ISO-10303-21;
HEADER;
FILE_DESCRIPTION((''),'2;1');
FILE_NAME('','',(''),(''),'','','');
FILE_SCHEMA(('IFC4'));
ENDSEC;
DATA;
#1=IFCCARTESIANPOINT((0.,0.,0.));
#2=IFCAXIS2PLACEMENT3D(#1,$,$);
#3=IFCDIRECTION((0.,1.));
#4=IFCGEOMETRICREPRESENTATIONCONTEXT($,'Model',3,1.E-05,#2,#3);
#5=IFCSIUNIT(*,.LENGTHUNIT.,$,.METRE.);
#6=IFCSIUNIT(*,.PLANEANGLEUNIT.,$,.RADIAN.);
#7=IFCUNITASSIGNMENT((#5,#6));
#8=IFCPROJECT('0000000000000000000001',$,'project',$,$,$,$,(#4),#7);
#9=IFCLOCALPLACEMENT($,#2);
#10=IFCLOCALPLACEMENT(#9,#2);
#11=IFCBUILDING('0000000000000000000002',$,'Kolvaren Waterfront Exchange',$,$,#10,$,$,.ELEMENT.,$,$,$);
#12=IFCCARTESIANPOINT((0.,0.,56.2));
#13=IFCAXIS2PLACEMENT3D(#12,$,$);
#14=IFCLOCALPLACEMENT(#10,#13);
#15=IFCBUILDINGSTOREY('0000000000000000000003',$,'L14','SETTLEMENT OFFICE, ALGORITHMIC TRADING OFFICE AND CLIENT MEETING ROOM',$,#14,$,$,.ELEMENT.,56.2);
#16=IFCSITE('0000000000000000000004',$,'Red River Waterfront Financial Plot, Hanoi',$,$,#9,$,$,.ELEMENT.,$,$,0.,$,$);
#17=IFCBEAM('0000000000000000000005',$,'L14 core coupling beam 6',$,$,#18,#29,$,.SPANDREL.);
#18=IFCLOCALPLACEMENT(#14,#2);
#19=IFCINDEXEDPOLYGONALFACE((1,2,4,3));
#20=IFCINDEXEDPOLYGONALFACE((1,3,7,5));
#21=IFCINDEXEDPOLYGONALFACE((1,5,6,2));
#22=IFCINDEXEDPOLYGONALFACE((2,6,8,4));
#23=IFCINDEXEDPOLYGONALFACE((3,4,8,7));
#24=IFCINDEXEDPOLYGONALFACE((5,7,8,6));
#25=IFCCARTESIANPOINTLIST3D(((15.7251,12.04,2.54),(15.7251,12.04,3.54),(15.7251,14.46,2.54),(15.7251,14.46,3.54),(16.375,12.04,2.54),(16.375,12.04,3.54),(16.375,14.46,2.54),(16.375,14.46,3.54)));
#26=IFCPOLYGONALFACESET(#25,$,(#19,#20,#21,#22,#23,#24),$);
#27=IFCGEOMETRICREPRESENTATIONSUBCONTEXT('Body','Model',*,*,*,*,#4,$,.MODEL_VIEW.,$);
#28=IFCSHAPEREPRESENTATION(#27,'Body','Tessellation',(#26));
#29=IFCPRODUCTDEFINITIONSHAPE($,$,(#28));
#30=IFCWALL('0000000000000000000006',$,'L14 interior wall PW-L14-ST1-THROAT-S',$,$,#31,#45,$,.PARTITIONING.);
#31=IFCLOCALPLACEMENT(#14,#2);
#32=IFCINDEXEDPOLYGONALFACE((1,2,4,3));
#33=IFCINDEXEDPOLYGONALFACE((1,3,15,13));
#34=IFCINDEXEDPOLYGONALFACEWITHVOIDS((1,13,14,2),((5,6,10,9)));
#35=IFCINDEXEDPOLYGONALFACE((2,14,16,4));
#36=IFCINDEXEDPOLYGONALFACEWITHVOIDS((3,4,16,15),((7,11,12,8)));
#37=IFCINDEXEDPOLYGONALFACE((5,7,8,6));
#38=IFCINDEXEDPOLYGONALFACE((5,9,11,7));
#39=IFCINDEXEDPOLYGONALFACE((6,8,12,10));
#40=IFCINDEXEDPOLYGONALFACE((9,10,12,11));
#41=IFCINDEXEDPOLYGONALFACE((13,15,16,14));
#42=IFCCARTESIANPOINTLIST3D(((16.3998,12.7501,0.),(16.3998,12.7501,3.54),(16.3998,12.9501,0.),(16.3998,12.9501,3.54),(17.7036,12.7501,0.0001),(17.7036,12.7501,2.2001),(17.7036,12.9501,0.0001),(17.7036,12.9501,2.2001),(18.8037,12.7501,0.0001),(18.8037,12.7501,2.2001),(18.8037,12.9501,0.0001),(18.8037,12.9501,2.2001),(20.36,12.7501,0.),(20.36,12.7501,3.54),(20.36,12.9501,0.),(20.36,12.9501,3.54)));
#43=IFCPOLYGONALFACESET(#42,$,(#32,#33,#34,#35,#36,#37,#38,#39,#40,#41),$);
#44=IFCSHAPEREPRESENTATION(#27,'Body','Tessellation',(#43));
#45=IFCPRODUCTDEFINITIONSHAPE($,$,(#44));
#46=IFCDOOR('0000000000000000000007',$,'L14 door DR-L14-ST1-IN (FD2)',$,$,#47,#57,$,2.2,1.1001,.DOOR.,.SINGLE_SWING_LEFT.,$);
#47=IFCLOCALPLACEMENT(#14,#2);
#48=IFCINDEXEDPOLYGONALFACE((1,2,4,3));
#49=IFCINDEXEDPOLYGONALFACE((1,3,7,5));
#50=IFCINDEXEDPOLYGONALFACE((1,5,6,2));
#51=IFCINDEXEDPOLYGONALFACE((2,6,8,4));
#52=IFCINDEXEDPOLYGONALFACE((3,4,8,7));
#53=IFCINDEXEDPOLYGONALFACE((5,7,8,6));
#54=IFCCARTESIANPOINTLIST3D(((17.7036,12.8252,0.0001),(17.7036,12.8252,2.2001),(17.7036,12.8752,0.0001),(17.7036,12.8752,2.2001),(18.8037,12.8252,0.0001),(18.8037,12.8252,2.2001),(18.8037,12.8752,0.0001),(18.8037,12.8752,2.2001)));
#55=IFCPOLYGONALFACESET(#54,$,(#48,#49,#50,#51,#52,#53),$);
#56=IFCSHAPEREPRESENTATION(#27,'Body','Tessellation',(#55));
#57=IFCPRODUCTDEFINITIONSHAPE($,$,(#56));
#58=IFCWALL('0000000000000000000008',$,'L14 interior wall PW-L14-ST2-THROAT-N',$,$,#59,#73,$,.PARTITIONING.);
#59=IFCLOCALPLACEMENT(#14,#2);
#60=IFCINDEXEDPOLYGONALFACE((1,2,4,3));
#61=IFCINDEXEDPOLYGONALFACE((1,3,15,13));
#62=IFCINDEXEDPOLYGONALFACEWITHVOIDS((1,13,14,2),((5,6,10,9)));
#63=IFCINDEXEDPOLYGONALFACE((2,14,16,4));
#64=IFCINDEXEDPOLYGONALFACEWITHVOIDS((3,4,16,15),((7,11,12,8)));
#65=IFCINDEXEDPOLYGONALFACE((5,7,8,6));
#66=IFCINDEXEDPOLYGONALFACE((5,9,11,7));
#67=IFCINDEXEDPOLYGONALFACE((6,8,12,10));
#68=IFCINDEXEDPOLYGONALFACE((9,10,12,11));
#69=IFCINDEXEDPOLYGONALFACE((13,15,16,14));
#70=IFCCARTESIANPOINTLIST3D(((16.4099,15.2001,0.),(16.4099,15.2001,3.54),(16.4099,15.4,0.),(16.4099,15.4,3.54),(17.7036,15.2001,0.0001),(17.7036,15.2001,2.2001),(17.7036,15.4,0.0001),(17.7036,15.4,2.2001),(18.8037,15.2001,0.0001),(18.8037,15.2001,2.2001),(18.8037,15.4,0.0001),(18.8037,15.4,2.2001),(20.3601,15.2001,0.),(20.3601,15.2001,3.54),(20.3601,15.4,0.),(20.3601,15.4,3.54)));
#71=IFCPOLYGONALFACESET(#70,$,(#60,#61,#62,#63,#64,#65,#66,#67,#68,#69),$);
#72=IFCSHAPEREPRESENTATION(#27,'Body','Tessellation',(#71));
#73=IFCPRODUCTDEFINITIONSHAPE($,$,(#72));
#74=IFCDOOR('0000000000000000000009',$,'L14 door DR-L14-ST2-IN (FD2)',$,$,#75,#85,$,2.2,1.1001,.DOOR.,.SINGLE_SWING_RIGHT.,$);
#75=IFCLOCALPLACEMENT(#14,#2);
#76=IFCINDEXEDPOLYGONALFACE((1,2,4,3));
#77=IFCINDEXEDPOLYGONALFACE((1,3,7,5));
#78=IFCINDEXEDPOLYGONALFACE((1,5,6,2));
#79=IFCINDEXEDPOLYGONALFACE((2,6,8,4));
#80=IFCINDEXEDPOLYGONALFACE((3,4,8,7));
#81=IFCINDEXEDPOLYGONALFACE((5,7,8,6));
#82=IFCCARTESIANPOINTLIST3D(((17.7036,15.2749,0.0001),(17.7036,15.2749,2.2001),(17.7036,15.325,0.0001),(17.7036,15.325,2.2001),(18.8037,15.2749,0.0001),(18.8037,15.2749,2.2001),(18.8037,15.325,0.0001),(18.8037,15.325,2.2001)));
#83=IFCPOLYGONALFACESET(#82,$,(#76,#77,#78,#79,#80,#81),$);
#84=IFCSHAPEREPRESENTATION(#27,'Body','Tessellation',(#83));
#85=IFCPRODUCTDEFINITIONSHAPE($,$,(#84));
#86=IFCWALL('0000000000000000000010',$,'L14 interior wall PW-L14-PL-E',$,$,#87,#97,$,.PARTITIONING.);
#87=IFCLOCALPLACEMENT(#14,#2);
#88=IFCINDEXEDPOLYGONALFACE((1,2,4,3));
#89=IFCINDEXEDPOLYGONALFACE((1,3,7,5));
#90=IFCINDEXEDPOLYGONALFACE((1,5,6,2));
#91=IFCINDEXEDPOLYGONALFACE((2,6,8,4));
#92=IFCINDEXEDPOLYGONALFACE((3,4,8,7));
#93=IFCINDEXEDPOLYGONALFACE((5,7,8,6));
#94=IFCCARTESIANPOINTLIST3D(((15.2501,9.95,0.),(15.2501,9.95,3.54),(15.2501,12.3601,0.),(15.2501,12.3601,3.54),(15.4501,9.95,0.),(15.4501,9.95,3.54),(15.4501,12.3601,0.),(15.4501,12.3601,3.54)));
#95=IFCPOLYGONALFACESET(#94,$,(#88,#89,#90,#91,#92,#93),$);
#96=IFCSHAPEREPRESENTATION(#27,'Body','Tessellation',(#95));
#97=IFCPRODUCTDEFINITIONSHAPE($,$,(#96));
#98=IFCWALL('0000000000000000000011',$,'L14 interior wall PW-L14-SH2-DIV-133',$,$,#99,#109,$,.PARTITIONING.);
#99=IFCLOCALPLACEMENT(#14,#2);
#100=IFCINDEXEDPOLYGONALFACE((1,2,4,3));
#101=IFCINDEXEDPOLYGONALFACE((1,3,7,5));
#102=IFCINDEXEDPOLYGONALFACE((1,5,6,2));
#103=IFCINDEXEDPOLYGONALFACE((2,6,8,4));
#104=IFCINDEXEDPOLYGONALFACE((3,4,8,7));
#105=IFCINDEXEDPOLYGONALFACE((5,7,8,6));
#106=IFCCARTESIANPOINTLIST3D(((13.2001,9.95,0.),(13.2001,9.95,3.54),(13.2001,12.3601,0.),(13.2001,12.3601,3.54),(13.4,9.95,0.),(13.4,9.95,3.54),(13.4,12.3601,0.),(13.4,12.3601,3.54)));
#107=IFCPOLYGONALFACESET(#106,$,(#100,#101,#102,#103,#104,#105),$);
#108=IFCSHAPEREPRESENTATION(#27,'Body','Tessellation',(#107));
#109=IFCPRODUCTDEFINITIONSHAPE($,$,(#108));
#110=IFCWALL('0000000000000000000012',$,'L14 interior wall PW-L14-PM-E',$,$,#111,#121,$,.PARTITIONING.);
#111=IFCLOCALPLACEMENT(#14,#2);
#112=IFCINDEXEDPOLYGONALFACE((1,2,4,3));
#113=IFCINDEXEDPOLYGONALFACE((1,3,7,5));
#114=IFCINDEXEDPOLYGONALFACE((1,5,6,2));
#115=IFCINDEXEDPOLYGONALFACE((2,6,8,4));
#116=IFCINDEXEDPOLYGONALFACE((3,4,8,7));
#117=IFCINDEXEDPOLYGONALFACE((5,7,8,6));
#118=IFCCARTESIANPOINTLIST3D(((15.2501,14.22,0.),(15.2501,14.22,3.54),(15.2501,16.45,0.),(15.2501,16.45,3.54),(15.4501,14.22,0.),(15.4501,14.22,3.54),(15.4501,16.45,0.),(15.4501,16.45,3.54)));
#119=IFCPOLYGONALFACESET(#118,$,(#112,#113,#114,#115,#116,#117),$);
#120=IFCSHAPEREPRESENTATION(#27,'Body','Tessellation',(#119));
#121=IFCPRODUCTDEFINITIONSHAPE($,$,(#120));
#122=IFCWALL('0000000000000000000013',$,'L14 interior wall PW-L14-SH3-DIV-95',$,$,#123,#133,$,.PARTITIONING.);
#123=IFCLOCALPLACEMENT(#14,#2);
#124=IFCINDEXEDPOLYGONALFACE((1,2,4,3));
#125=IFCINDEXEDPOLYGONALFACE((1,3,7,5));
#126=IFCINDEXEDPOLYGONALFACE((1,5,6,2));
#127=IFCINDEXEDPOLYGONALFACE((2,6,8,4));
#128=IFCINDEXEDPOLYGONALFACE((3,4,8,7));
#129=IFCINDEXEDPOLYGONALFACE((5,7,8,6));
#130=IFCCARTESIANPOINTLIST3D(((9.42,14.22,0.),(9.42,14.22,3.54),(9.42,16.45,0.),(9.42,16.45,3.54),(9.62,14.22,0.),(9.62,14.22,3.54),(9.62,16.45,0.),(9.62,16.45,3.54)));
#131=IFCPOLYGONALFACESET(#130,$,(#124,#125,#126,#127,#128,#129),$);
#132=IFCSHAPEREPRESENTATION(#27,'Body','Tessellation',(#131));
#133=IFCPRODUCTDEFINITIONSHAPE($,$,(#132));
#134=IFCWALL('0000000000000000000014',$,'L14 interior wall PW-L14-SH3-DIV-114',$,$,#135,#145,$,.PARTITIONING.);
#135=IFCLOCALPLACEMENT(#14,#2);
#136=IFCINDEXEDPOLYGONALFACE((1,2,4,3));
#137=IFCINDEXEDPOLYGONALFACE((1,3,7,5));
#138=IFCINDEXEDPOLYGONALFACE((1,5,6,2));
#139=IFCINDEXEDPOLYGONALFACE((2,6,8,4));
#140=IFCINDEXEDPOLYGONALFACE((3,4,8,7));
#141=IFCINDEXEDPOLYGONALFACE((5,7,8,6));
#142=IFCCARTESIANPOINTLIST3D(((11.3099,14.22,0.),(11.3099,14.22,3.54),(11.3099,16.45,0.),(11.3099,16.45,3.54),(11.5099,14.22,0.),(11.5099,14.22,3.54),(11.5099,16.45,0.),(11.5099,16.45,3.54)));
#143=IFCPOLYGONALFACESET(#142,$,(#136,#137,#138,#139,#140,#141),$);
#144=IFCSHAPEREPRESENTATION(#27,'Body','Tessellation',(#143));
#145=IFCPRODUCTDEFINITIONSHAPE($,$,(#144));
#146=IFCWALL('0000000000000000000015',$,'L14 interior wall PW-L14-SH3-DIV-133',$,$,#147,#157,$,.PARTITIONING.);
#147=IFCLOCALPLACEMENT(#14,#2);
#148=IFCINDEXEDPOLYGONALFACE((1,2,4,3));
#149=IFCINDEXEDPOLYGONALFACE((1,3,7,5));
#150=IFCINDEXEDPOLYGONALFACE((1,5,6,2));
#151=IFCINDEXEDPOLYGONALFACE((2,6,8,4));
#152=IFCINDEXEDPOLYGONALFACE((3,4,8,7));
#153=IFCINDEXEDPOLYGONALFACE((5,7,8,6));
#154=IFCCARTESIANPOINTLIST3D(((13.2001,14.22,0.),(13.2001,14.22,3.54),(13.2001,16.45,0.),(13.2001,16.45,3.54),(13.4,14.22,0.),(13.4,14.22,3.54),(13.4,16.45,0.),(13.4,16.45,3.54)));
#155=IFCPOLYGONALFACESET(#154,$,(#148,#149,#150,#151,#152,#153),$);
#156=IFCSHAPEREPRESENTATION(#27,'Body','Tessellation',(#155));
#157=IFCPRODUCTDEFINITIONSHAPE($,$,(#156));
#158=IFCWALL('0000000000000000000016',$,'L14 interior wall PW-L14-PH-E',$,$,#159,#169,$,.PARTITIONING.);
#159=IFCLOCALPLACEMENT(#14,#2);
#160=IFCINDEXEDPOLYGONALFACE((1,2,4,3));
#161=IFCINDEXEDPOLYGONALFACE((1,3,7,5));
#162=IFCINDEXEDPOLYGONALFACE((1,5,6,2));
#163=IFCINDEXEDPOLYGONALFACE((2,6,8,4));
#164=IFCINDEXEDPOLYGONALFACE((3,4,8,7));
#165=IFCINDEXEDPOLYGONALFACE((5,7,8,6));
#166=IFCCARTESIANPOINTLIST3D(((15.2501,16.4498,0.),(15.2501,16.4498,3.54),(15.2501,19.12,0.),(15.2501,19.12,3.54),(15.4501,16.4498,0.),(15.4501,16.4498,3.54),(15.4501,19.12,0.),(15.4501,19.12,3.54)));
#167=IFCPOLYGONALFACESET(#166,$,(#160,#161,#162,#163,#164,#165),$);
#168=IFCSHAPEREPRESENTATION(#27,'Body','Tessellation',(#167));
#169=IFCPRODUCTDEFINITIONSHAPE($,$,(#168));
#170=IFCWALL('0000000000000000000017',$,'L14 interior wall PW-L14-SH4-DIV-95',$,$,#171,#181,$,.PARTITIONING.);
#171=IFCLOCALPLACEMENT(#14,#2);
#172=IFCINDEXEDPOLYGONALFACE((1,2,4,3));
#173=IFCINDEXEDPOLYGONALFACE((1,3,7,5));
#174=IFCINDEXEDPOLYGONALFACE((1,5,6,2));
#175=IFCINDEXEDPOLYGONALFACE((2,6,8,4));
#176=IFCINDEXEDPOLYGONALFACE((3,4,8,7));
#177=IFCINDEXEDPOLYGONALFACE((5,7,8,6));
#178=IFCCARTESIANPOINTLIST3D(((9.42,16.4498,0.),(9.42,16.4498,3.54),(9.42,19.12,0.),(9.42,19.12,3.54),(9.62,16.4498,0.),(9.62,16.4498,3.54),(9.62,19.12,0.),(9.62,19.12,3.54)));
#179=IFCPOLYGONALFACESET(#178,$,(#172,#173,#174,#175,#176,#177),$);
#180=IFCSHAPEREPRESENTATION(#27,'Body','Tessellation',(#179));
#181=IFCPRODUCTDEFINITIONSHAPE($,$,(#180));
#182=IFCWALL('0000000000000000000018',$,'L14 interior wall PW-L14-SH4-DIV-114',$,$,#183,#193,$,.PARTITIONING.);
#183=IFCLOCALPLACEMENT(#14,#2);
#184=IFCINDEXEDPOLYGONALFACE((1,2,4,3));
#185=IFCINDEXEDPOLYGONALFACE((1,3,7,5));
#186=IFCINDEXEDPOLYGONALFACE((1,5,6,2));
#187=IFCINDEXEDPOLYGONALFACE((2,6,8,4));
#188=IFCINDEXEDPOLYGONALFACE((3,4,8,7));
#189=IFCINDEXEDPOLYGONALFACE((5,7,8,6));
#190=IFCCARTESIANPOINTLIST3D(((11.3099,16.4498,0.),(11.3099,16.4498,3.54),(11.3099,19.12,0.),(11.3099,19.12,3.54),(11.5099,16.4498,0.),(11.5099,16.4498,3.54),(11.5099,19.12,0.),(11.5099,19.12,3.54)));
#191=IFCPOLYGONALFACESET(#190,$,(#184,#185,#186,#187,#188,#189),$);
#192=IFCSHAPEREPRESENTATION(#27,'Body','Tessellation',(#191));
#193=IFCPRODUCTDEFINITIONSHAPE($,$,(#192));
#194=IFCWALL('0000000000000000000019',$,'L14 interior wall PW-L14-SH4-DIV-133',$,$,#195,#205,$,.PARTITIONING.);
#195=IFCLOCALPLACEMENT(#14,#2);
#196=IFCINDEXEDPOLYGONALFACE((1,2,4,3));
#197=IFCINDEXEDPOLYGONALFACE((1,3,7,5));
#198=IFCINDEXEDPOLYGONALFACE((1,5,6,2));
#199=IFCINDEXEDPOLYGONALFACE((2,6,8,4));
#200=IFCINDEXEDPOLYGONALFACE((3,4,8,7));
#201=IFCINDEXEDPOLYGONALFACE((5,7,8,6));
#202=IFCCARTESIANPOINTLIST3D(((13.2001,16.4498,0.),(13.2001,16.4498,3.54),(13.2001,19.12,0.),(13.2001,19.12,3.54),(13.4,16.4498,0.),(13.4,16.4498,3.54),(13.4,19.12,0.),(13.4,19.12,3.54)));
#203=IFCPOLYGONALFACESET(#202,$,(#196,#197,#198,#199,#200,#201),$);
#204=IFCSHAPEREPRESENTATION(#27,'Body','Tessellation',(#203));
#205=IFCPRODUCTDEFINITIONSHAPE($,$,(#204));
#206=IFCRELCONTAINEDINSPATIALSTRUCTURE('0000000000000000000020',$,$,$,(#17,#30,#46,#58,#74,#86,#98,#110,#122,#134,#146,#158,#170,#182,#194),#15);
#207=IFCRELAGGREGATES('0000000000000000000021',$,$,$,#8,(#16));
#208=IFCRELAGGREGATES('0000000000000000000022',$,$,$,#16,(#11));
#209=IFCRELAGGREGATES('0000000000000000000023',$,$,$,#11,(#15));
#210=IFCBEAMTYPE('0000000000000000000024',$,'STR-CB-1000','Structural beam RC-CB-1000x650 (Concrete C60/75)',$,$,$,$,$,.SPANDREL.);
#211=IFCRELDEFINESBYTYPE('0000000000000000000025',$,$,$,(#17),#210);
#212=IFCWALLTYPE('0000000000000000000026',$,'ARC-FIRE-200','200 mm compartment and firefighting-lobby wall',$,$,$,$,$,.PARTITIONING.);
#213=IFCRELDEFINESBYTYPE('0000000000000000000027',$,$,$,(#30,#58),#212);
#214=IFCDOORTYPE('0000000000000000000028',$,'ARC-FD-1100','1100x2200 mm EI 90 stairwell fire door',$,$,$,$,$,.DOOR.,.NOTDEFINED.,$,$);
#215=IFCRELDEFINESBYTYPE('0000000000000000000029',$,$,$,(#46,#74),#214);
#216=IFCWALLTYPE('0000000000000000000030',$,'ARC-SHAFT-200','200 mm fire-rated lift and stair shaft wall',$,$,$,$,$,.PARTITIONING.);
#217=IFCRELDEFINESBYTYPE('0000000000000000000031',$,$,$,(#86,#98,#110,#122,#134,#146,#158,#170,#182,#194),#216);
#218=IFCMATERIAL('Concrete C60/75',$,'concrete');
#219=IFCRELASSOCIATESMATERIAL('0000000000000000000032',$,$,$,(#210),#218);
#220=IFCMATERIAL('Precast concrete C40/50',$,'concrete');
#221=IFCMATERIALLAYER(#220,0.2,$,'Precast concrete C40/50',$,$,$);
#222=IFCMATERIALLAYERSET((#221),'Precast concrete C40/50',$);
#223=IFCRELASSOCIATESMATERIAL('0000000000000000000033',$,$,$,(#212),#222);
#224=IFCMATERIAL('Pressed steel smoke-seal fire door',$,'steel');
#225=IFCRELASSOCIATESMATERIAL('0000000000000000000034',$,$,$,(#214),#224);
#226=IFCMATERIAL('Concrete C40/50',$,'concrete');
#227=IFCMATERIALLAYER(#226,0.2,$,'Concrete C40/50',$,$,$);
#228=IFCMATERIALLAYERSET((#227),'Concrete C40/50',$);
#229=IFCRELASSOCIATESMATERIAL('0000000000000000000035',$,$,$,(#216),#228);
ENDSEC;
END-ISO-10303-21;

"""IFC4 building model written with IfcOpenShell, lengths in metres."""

from ifc_helpers import new_model, si_unit, direction, frame, frame_2d, origin, origin_2d, place, context, subcontext, project, spatial, rectangle, extrude, material, layer, layer_set, material_profile, profile_set, type_object, element, fill, save


model = new_model("IFC4")

# Units and contexts
model_context = context("Model", 3, precision=1e-05, world=origin(), true_north=direction((0.0, 1.0)))
body_context = subcontext(model_context, "Body", "Model", "MODEL_VIEW")
ifc_project = project(units=[si_unit("LENGTHUNIT", "METRE"), si_unit("PLANEANGLEUNIT", "RADIAN")], contexts=[model_context])

# Site, building, storey
site_placement = place(None, origin())
site = spatial("IfcSite", under=ifc_project, at=site_placement, Name="Red River Waterfront Financial Plot, Hanoi", CompositionType="ELEMENT", RefElevation=0.0)
building_placement = place(site_placement, origin())
building = spatial("IfcBuilding", under=site, at=building_placement, Name="Kolvaren Waterfront Exchange", CompositionType="ELEMENT")
storey_placement = place(building_placement, frame((0.0, 0.0, 56.2)))
storey = spatial("IfcBuildingStorey", under=building, at=storey_placement, Name="L14", Description="SETTLEMENT OFFICE, ALGORITHMIC TRADING OFFICE AND CLIENT MEETING ROOM", CompositionType="ELEMENT", Elevation=56.2)

# Beam
ifc_material_1 = material(Name="Concrete C60/75", Category="concrete")
ifc_material_profile = material_profile(ifc_material_1, rectangle(XDim=0.6499, YDim=1.0, at=origin_2d()), Name="RC-CB-1000x650")
ifc_profile_set = profile_set([ifc_material_profile], Name="Concrete C60/75")
beam_type = type_object("IfcBeamType", Name="STR-CB-1000", Description="Structural beam RC-CB-1000x650 (Concrete C60/75)", PredefinedType="SPANDREL", material=ifc_profile_set)
beam_placement = place(storey_placement, frame((16.05, 12.04, 3.04), z_axis=(0.0, 1.0, 0.0), x_axis=(-1.0, 0.0, 0.0)))
element("IfcBeam", 1, at=beam_placement, inside=storey, type_object=beam_type, Name="L14 core coupling beam 6", PredefinedType="SPANDREL", context=body_context, shape_type="SweptSolid", body=[
    extrude(rectangle(XDim=0.6499, YDim=1.0, at=origin_2d()), origin(), (0.0, 0.0, 1.0), 2.4199),
])

# Walls, openings, doors
ifc_material_2 = material(Name="Precast concrete C40/50", Category="concrete")
ifc_layer_1 = layer(ifc_material_2, 0.2, Name="Precast concrete C40/50")
ifc_layer_set_1 = layer_set([ifc_layer_1], Name="Precast concrete C40/50")
wall_type_1 = type_object("IfcWallType", Name="ARC-FIRE-200", Description="200 mm compartment and firefighting-lobby wall", PredefinedType="PARTITIONING", material=ifc_layer_set_1)
wall_1_placement = place(storey_placement, frame((16.3999, 12.8501, 0.0), z_axis=(0.0, 0.0, 1.0), x_axis=(1.0, 0.0, 0.0)))
wall_1 = element("IfcWall", 2, at=wall_1_placement, inside=storey, type_object=wall_type_1, Name="L14 interior wall PW-L14-ST1-THROAT-S", PredefinedType="PARTITIONING", context=body_context, shape_type="SweptSolid", body=[
    extrude(rectangle(XDim=3.9602, YDim=0.2, at=frame_2d((1.98, 0.0))), origin(), (0.0, 0.0, 1.0), 3.54),
])
opening_1_placement = place(wall_1_placement, frame((1.3037, 0.0, 0.0)))
opening_1 = element("IfcOpeningElement", 3, at=opening_1_placement, cuts=wall_1, PredefinedType="OPENING", context=body_context, shape_type="SweptSolid", body=[
    extrude(rectangle(XDim=1.1001, YDim=2.2, at=frame_2d((0.55, 1.1001))), frame((0.0, 0.1099, 0.0), z_axis=(0.0, -1.0, 0.0), x_axis=(1.0, 0.0, 0.0)), (0.0, 0.0, 1.0), 0.22),
])
ifc_material_3 = material(Name="Pressed steel smoke-seal fire door", Category="steel")
door_type = type_object("IfcDoorType", Name="ARC-FD-1100", Description="1100x2200 mm EI 90 stairwell fire door", OperationType="NOTDEFINED", PredefinedType="DOOR", material=ifc_material_3)
door_1_placement = place(opening_1_placement, frame((1.1001, 0.0, 0.0), z_axis=(0.0, 0.0, 1.0), x_axis=(-1.0, 0.0, 0.0)))
door_1 = element("IfcDoor", 4, at=door_1_placement, inside=storey, type_object=door_type, Name="L14 door DR-L14-ST1-IN (FD2)", OperationType="SINGLE_SWING_LEFT", OverallHeight=2.2, OverallWidth=1.1001, PredefinedType="DOOR", context=body_context, shape_type="SweptSolid", body=[
    extrude(rectangle(XDim=1.1001, YDim=2.2, at=frame_2d((0.55, 1.1001))), frame((0.0, 0.0249, 0.0), z_axis=(0.0, -1.0, 0.0), x_axis=(1.0, 0.0, 0.0)), (0.0, 0.0, 1.0), 0.05),
])
fill(opening_1, door_1)
wall_2_placement = place(storey_placement, frame((16.4099, 15.3, 0.0), z_axis=(0.0, 0.0, 1.0), x_axis=(1.0, 0.0, 0.0)))
wall_2 = element("IfcWall", 5, at=wall_2_placement, inside=storey, type_object=wall_type_1, Name="L14 interior wall PW-L14-ST2-THROAT-N", PredefinedType="PARTITIONING", context=body_context, shape_type="SweptSolid", body=[
    extrude(rectangle(XDim=3.9502, YDim=0.2, at=frame_2d((1.9751, 0.0))), origin(), (0.0, 0.0, 1.0), 3.54),
])
opening_2_placement = place(wall_2_placement, frame((1.2937, 0.0, 0.0)))
opening_2 = element("IfcOpeningElement", 6, at=opening_2_placement, cuts=wall_2, PredefinedType="OPENING", context=body_context, shape_type="SweptSolid", body=[
    extrude(rectangle(XDim=1.1001, YDim=2.2, at=frame_2d((0.55, 1.1001))), frame((0.0, 0.1099, 0.0), z_axis=(0.0, -1.0, 0.0), x_axis=(1.0, 0.0, 0.0)), (0.0, 0.0, 1.0), 0.22),
])
door_2_placement = place(opening_2_placement, origin())
door_2 = element("IfcDoor", 7, at=door_2_placement, inside=storey, type_object=door_type, Name="L14 door DR-L14-ST2-IN (FD2)", OperationType="SINGLE_SWING_RIGHT", OverallHeight=2.2, OverallWidth=1.1001, PredefinedType="DOOR", context=body_context, shape_type="SweptSolid", body=[
    extrude(rectangle(XDim=1.1001, YDim=2.2, at=frame_2d((0.55, 1.1001))), frame((0.0, 0.0249, 0.0), z_axis=(0.0, -1.0, 0.0), x_axis=(1.0, 0.0, 0.0)), (0.0, 0.0, 1.0), 0.05),
])
fill(opening_2, door_2)

# Walls
ifc_material_4 = material(Name="Concrete C40/50", Category="concrete")
ifc_layer_2 = layer(ifc_material_4, 0.2, Name="Concrete C40/50")
ifc_layer_set_2 = layer_set([ifc_layer_2], Name="Concrete C40/50")
wall_type_2 = type_object("IfcWallType", Name="ARC-SHAFT-200", Description="200 mm fire-rated lift and stair shaft wall", PredefinedType="PARTITIONING", material=ifc_layer_set_2)
for number, where, z_axis, x_axis, name in (
    (8, (15.3501, 9.95, 0.0), (0.0, 0.0, 1.0), (0.0, 1.0, 0.0), "L14 interior wall PW-L14-PL-E"),
    (9, (13.3, 9.95, 0.0), (0.0, 0.0, 1.0), (0.0, 1.0, 0.0), "L14 interior wall PW-L14-SH2-DIV-133"),
):
    element("IfcWall", number, at=place(storey_placement, frame(where, z_axis=z_axis, x_axis=x_axis)), inside=storey, type_object=wall_type_2, Name=name, PredefinedType="PARTITIONING", context=body_context, shape_type="SweptSolid", body=[
        extrude(rectangle(XDim=2.4102, YDim=0.2, at=frame_2d((1.2051, 0.0))), origin(), (0.0, 0.0, 1.0), 3.54),
    ])
for number, where, z_axis, x_axis, name in (
    (10, (15.3501, 14.22, 0.0), (0.0, 0.0, 1.0), (0.0, 1.0, 0.0), "L14 interior wall PW-L14-PM-E"),
    (11, (9.52, 14.22, 0.0), (0.0, 0.0, 1.0), (0.0, 1.0, 0.0), "L14 interior wall PW-L14-SH3-DIV-95"),
    (12, (11.4099, 14.22, 0.0), (0.0, 0.0, 1.0), (0.0, 1.0, 0.0), "L14 interior wall PW-L14-SH3-DIV-114"),
    (13, (13.3, 14.22, 0.0), (0.0, 0.0, 1.0), (0.0, 1.0, 0.0), "L14 interior wall PW-L14-SH3-DIV-133"),
):
    element("IfcWall", number, at=place(storey_placement, frame(where, z_axis=z_axis, x_axis=x_axis)), inside=storey, type_object=wall_type_2, Name=name, PredefinedType="PARTITIONING", context=body_context, shape_type="SweptSolid", body=[
        extrude(rectangle(XDim=2.23, YDim=0.2, at=frame_2d((1.115, 0.0))), origin(), (0.0, 0.0, 1.0), 3.54),
    ])
for number, where, z_axis, x_axis, name in (
    (14, (15.3501, 16.45, 0.0), (0.0, 0.0, 1.0), (0.0, 1.0, 0.0), "L14 interior wall PW-L14-PH-E"),
    (15, (9.52, 16.45, 0.0), (0.0, 0.0, 1.0), (0.0, 1.0, 0.0), "L14 interior wall PW-L14-SH4-DIV-95"),
    (16, (11.4099, 16.45, 0.0), (0.0, 0.0, 1.0), (0.0, 1.0, 0.0), "L14 interior wall PW-L14-SH4-DIV-114"),
    (17, (13.3, 16.45, 0.0), (0.0, 0.0, 1.0), (0.0, 1.0, 0.0), "L14 interior wall PW-L14-SH4-DIV-133"),
):
    element("IfcWall", number, at=place(storey_placement, frame(where, z_axis=z_axis, x_axis=x_axis)), inside=storey, type_object=wall_type_2, Name=name, PredefinedType="PARTITIONING", context=body_context, shape_type="SweptSolid", body=[
        extrude(rectangle(XDim=2.6702, YDim=0.2, at=frame_2d((1.335, 0.0))), origin(), (0.0, 0.0, 1.0), 3.54),
    ])

save(model, "model.ifc")
